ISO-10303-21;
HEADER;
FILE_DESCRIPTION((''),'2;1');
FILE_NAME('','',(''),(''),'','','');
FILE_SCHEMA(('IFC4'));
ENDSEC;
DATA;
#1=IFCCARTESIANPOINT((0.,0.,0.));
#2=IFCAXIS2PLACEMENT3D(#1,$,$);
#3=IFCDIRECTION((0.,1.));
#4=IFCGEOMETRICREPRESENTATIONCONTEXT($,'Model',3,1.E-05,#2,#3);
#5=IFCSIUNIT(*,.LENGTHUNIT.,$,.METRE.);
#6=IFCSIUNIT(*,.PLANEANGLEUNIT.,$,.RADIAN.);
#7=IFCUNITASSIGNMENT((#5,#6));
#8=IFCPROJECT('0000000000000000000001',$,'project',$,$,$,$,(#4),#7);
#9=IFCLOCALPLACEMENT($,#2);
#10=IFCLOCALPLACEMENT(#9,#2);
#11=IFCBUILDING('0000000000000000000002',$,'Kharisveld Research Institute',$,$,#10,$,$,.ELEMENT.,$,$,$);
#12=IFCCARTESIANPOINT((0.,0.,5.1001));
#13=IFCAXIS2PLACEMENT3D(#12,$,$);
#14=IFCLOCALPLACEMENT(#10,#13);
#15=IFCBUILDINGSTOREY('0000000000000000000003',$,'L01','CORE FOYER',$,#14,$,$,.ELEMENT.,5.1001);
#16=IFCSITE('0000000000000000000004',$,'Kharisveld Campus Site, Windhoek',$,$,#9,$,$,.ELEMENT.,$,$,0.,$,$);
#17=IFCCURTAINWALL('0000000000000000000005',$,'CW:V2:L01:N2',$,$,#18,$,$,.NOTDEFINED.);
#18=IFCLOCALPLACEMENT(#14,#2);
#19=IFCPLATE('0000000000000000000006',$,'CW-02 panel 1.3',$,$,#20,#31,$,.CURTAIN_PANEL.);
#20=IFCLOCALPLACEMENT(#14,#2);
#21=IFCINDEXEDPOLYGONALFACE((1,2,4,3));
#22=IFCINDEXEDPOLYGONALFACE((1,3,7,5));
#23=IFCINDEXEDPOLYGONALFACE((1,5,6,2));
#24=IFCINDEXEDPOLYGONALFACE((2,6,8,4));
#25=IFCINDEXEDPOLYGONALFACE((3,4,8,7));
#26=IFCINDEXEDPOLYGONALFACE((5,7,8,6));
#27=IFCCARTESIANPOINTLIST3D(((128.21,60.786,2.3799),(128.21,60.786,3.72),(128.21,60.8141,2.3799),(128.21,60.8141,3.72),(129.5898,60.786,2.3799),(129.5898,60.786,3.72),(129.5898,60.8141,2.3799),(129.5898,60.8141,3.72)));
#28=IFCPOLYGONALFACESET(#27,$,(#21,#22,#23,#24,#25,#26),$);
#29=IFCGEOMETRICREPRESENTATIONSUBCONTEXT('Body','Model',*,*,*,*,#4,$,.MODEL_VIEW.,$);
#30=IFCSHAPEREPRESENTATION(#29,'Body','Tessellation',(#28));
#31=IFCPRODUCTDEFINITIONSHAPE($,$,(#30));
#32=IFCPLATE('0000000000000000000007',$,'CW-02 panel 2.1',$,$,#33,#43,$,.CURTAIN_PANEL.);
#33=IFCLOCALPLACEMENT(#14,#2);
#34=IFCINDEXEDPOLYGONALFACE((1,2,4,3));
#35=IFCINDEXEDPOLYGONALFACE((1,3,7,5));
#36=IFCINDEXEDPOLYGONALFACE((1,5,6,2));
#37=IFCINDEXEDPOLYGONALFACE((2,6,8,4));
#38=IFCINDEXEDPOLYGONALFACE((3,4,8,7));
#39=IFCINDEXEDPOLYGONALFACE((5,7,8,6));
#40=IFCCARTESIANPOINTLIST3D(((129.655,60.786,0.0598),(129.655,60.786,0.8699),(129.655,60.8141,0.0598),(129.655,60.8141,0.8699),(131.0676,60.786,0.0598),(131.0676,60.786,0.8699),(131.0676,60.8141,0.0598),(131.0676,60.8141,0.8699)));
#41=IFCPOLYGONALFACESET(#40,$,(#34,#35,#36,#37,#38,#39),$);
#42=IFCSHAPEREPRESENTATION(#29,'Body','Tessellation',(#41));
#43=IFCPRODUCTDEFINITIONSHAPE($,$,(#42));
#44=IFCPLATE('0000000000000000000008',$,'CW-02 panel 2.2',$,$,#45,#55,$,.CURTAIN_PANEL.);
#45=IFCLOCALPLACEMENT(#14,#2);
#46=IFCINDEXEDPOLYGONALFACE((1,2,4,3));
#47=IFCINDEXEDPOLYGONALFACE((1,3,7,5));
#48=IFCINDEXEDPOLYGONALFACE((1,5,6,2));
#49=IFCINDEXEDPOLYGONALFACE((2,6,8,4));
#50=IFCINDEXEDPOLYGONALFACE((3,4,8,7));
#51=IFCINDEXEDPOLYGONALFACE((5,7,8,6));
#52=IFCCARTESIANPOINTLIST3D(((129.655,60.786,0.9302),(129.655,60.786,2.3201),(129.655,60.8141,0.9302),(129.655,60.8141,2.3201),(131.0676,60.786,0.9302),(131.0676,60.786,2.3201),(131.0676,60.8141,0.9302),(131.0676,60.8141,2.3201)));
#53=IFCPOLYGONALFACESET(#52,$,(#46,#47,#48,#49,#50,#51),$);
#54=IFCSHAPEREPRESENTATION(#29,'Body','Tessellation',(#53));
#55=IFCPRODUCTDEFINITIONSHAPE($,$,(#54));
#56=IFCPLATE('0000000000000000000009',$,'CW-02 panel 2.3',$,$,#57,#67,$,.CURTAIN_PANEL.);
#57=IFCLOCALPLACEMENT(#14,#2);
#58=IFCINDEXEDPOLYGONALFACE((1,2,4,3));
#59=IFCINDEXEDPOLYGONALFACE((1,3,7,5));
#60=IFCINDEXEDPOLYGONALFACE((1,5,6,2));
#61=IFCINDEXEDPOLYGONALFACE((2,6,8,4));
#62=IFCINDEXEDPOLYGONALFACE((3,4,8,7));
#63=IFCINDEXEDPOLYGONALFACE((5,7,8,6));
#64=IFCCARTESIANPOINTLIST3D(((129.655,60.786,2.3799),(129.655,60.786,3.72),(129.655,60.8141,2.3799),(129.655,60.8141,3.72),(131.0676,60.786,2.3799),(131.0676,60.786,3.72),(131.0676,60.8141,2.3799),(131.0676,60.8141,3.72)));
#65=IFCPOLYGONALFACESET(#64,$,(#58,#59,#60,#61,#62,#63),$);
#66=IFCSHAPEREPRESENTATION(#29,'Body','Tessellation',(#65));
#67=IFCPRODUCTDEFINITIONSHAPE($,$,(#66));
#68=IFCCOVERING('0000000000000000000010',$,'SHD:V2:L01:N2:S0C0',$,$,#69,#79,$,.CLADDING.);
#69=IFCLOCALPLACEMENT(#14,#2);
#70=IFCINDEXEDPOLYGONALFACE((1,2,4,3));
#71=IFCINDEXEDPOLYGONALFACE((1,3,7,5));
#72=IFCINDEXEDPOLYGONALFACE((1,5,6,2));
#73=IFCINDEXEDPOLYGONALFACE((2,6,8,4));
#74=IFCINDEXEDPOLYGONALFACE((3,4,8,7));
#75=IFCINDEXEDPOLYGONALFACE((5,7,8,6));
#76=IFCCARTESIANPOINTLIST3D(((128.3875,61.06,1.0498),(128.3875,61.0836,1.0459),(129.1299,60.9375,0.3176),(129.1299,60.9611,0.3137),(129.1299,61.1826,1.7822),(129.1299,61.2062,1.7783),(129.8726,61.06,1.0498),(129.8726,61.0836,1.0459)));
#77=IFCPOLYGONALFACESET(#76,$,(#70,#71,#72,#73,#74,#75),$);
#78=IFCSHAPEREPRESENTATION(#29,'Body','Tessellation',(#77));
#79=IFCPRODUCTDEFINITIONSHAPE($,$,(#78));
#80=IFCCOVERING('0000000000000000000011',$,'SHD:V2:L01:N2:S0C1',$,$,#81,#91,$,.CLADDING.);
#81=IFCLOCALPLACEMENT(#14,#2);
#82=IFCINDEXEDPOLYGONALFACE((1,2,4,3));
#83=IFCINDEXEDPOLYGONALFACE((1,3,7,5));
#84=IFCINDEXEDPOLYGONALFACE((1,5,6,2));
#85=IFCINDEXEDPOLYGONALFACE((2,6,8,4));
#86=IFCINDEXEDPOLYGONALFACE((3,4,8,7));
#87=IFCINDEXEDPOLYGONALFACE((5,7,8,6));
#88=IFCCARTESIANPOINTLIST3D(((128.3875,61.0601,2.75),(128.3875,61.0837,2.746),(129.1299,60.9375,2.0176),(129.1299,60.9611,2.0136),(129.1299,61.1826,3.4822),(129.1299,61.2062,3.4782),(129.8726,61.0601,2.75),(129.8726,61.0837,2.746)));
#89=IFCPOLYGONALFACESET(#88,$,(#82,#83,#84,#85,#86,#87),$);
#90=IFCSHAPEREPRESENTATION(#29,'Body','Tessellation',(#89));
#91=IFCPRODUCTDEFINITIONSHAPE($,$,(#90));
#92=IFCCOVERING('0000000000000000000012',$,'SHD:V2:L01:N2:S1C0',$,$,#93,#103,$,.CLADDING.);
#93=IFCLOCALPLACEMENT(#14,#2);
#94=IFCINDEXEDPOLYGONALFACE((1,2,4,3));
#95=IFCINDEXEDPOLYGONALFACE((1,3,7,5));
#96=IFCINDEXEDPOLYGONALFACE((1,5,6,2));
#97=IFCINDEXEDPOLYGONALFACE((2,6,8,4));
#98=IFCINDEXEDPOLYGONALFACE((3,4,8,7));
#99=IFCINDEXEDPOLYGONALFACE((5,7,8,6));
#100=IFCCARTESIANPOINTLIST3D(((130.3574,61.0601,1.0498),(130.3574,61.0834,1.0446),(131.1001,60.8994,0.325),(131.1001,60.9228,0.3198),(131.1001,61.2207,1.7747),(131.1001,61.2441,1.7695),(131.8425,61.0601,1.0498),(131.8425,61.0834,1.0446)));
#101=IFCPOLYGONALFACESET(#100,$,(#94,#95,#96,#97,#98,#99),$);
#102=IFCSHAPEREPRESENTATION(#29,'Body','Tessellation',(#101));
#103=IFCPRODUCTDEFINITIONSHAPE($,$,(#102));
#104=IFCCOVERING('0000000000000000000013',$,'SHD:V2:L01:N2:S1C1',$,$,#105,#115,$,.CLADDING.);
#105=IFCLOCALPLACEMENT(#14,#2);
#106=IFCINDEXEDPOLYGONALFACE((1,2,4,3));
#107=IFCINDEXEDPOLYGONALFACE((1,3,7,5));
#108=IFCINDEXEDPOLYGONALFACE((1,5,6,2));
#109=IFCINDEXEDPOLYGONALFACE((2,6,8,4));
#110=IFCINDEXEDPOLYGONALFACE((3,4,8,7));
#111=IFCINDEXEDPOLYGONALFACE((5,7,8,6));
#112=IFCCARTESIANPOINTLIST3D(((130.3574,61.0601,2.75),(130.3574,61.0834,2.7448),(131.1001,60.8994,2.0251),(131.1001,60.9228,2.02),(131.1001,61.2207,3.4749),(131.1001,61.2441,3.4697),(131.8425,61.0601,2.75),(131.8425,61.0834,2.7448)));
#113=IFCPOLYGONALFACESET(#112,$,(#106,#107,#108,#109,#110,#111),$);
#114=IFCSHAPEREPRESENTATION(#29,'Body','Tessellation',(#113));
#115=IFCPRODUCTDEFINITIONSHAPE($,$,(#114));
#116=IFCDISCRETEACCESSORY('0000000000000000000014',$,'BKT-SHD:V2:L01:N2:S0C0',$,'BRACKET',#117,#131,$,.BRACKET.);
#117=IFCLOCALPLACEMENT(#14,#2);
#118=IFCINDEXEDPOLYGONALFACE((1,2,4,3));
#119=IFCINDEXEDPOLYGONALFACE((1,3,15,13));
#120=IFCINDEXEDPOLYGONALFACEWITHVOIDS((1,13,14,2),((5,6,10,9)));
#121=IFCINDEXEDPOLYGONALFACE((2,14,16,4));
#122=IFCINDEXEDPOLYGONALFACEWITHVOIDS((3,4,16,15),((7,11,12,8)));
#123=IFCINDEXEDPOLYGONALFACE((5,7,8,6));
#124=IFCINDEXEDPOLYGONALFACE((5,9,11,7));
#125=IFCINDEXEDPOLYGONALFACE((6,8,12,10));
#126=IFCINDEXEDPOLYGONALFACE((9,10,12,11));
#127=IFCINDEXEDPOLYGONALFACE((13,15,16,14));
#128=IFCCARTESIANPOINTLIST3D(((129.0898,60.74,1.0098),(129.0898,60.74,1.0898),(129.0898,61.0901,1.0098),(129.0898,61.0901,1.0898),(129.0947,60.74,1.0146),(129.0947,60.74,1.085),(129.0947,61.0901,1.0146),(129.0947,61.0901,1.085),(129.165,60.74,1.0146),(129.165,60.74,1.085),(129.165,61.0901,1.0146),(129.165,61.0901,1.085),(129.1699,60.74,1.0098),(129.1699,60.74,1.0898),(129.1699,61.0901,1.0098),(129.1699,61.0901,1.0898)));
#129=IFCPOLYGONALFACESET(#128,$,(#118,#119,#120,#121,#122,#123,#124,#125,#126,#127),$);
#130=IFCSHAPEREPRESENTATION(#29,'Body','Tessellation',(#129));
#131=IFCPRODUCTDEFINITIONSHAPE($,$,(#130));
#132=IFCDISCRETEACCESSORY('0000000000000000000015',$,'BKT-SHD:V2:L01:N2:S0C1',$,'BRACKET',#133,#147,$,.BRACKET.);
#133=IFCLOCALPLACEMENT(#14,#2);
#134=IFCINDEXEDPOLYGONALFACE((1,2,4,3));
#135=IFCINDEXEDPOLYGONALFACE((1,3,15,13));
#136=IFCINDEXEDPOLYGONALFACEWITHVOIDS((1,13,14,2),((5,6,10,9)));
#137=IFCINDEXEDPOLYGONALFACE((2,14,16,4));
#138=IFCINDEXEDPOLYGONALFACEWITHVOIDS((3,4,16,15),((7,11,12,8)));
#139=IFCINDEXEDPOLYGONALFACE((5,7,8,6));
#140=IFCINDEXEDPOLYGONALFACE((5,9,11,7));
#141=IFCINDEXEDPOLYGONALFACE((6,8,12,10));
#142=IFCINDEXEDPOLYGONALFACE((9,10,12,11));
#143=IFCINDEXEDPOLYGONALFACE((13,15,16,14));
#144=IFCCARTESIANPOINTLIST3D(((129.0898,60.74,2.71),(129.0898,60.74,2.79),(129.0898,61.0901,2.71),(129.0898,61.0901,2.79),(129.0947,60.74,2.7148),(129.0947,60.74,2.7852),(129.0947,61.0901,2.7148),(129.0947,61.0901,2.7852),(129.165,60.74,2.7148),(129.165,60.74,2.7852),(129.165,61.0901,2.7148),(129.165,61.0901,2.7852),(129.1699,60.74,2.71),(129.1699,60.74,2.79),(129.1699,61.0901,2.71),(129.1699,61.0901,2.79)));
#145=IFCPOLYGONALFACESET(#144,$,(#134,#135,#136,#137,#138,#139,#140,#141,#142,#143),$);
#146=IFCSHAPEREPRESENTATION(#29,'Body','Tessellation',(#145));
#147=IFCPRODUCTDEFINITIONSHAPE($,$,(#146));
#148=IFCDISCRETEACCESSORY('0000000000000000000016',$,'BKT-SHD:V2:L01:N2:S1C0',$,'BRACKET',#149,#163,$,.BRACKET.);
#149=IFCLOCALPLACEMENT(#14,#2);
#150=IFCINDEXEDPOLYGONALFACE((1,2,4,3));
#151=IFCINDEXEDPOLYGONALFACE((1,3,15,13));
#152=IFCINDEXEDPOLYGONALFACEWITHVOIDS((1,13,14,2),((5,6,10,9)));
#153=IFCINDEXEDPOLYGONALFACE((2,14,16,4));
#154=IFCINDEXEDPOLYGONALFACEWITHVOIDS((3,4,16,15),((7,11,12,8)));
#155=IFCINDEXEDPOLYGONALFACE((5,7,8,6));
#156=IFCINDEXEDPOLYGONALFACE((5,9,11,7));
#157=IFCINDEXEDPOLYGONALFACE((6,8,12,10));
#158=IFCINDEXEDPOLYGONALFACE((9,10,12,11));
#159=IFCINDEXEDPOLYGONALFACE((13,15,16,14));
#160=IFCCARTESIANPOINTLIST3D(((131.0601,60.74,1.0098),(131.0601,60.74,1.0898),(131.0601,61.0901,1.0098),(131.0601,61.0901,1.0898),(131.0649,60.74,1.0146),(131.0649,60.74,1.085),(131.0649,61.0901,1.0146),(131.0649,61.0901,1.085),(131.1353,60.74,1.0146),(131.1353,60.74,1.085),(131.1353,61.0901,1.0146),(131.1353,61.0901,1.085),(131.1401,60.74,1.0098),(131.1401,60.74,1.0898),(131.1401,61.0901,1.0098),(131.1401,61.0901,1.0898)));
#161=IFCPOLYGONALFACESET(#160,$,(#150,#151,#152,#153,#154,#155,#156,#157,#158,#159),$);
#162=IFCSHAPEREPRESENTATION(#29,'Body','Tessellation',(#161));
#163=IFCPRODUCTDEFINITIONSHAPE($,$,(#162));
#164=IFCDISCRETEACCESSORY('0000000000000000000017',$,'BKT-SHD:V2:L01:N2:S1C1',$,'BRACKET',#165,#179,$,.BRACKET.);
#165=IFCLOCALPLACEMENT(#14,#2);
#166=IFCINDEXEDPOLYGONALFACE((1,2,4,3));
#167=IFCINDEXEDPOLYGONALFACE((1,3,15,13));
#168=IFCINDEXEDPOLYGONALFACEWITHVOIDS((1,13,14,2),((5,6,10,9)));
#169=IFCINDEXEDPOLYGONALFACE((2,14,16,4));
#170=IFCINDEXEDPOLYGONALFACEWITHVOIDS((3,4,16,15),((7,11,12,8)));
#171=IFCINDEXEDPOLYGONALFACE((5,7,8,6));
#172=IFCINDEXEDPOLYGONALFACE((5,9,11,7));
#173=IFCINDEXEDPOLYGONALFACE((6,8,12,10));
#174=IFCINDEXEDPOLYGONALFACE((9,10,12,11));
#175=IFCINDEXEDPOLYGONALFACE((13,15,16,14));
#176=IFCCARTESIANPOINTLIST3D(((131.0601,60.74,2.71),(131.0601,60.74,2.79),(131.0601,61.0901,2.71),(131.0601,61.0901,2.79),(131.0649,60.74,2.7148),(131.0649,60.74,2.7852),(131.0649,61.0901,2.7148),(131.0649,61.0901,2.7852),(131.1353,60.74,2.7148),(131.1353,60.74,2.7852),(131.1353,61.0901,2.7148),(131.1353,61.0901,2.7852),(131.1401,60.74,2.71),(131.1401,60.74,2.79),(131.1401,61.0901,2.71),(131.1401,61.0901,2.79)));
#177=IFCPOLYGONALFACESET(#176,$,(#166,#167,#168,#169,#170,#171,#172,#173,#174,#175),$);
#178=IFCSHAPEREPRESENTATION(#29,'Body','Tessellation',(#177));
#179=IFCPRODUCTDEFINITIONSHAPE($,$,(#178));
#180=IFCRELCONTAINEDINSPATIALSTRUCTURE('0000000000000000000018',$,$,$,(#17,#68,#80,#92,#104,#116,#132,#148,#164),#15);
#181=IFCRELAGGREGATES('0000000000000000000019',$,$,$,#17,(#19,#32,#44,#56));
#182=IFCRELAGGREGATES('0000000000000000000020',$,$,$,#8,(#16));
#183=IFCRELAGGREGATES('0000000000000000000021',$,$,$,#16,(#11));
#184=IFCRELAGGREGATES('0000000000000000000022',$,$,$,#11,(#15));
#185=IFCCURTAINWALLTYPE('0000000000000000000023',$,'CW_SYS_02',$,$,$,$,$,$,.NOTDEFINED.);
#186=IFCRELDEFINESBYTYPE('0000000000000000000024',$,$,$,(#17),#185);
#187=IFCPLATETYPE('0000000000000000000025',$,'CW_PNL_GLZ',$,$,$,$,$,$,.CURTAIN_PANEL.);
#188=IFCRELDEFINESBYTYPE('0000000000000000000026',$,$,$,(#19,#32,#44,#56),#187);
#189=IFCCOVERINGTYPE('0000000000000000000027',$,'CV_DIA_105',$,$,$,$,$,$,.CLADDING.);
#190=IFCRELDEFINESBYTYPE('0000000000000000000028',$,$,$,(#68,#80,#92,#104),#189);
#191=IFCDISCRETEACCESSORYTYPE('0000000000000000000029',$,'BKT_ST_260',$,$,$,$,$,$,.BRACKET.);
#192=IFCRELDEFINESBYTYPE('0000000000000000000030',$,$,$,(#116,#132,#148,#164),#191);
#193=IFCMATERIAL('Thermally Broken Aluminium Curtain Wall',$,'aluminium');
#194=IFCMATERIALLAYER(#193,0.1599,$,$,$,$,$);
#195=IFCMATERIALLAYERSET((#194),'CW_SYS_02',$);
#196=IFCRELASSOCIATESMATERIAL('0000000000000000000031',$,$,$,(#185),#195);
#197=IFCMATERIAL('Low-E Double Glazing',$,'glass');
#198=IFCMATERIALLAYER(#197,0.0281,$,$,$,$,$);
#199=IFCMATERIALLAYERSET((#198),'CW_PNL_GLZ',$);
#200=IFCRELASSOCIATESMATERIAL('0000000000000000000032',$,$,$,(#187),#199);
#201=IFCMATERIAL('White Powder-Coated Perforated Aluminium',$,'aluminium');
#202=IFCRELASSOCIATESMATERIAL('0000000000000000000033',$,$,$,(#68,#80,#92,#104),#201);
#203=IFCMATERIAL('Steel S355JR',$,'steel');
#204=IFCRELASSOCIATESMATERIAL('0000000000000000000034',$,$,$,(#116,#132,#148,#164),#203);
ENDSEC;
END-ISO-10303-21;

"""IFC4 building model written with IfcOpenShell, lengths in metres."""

from ifc_helpers import new_model, si_unit, direction, frame, origin, origin_2d, place, context, subcontext, project, spatial, polyline, rectangle, hollow_rectangle, outline, extrude, material, layer, layer_set, type_object, element, aggregate, save


model = new_model("IFC4")

# Units and contexts
model_context = context("Model", 3, precision=1e-05, world=origin(), true_north=direction((0.0, 1.0)))
body_context = subcontext(model_context, "Body", "Model", "MODEL_VIEW")
ifc_project = project(units=[si_unit("LENGTHUNIT", "METRE"), si_unit("PLANEANGLEUNIT", "RADIAN")], contexts=[model_context])

# Site, building, storey
site_placement = place(None, origin())
site = spatial("IfcSite", under=ifc_project, at=site_placement, Name="Kharisveld Campus Site, Windhoek", CompositionType="ELEMENT", RefElevation=0.0)
building_placement = place(site_placement, origin())
building = spatial("IfcBuilding", under=site, at=building_placement, Name="Kharisveld Research Institute", CompositionType="ELEMENT")
storey_placement = place(building_placement, frame((0.0, 0.0, 5.1001)))
storey = spatial("IfcBuildingStorey", under=building, at=storey_placement, Name="L01", Description="CORE FOYER", CompositionType="ELEMENT", Elevation=5.1001)

# Curtain wall
ifc_material_1 = material(Name="Thermally Broken Aluminium Curtain Wall", Category="aluminium")
ifc_layer_1 = layer(ifc_material_1, 0.1599)
ifc_layer_set_1 = layer_set([ifc_layer_1], Name="CW_SYS_02")
curtain_wall_type_1 = type_object("IfcCurtainWallType", Name="CW_SYS_02", PredefinedType="NOTDEFINED", material=ifc_layer_set_1)
curtain_wall_1_placement = place(storey_placement, origin())
curtain_wall_1 = element("IfcCurtainWall", 1, at=curtain_wall_1_placement, inside=storey, type_object=curtain_wall_type_1, Name="CW:V2:L01:N2", PredefinedType="NOTDEFINED")

# Plates
ifc_material_2 = material(Name="Low-E Double Glazing", Category="glass")
ifc_layer_2 = layer(ifc_material_2, 0.0281)
ifc_layer_set_2 = layer_set([ifc_layer_2], Name="CW_PNL_GLZ")
plate_type = type_object("IfcPlateType", Name="CW_PNL_GLZ", PredefinedType="CURTAIN_PANEL", material=ifc_layer_set_2)
plate_1_placement = place(storey_placement, frame((128.8999, 60.8, 2.3799), z_axis=(0.0, 0.0, 1.0), x_axis=(1.0, 0.0, 0.0)))
plate_1 = element("IfcPlate", 2, at=plate_1_placement, type_object=plate_type, Name="CW-02 panel 1.3", PredefinedType="CURTAIN_PANEL", context=body_context, shape_type="SweptSolid", body=[
    extrude(rectangle(XDim=1.3799, YDim=0.0281, at=origin_2d()), origin(), (0.0, 0.0, 1.0), 1.3401),
])
plate_2_placement = place(storey_placement, frame((130.3613, 60.8, 0.0598), z_axis=(0.0, 0.0, 1.0), x_axis=(1.0, 0.0, 0.0)))
plate_2 = element("IfcPlate", 3, at=plate_2_placement, type_object=plate_type, Name="CW-02 panel 2.1", PredefinedType="CURTAIN_PANEL", context=body_context, shape_type="SweptSolid", body=[
    extrude(rectangle(XDim=1.4126, YDim=0.0281, at=origin_2d()), origin(), (0.0, 0.0, 1.0), 0.8101),
])
plate_3_placement = place(storey_placement, frame((130.3613, 60.8, 0.9302), z_axis=(0.0, 0.0, 1.0), x_axis=(1.0, 0.0, 0.0)))
plate_3 = element("IfcPlate", 4, at=plate_3_placement, type_object=plate_type, Name="CW-02 panel 2.2", PredefinedType="CURTAIN_PANEL", context=body_context, shape_type="SweptSolid", body=[
    extrude(rectangle(XDim=1.4126, YDim=0.0281, at=origin_2d()), origin(), (0.0, 0.0, 1.0), 1.3899),
])
plate_4_placement = place(storey_placement, frame((130.3613, 60.8, 2.3799), z_axis=(0.0, 0.0, 1.0), x_axis=(1.0, 0.0, 0.0)))
plate_4 = element("IfcPlate", 5, at=plate_4_placement, type_object=plate_type, Name="CW-02 panel 2.3", PredefinedType="CURTAIN_PANEL", context=body_context, shape_type="SweptSolid", body=[
    extrude(rectangle(XDim=1.4126, YDim=0.0281, at=origin_2d()), origin(), (0.0, 0.0, 1.0), 1.3401),
])
aggregate(curtain_wall_1, [plate_1, plate_2, plate_3, plate_4])

# Coverings
ifc_material_3 = material(Name="White Powder-Coated Perforated Aluminium", Category="aluminium")
covering_type = type_object("IfcCoveringType", Name="CV_DIA_105", PredefinedType="CLADDING")
covering_1_placement = place(storey_placement, frame((129.1299, 60.9375, 0.3176), z_axis=(0.0, -0.986283, 0.165065), x_axis=(0.707255, 0.116694, 0.697261)))
element("IfcCovering", 6, at=covering_1_placement, inside=storey, type_object=covering_type, material=ifc_material_3, Name="SHD:V2:L01:N2:S0C0", PredefinedType="CLADDING", context=body_context, shape_type="SweptSolid", body=[
    extrude(outline(polyline([(0.0, 0.0), (1.0501, 0.0), (1.0498, 1.0503), (-0.0003, 1.0499), (0.0, 0.0)])), origin(), (0.0, 0.0, -1.0), 0.0239),
])
covering_2_placement = place(storey_placement, frame((129.1299, 60.9375, 2.0176), z_axis=(0.0, -0.986283, 0.165065), x_axis=(0.70714, 0.116713, 0.697374)))
element("IfcCovering", 7, at=covering_2_placement, inside=storey, type_object=covering_type, material=ifc_material_3, Name="SHD:V2:L01:N2:S0C1", PredefinedType="CLADDING", context=body_context, shape_type="SweptSolid", body=[
    extrude(outline(polyline([(0.0, 0.0), (1.0503, 0.0), (1.05, 1.0501), (0.0001, 1.0501), (0.0, 0.0)])), origin(), (0.0, 0.0, -1.0), 0.0239),
])
for number, where, z_axis, x_axis, name in (
    (8, (131.1001, 60.8994, 0.325), (0.0, -0.976311, 0.216373), (0.707102, 0.153, 0.69036), "SHD:V2:L01:N2:S1C0"),
    (9, (131.1001, 60.8994, 2.0251), (0.0, -0.976311, 0.216373), (0.707102, 0.153, 0.69036), "SHD:V2:L01:N2:S1C1"),
):
    element("IfcCovering", number, at=place(storey_placement, frame(where, z_axis=z_axis, x_axis=x_axis)), inside=storey, type_object=covering_type, material=ifc_material_3, Name=name, PredefinedType="CLADDING", context=body_context, shape_type="SweptSolid", body=[
        extrude(outline(polyline([(0.0, 0.0), (1.05, 0.0), (1.05, 1.05), (-0.0002, 1.0501), (0.0, 0.0)])), origin(), (0.0, 0.0, -1.0), 0.0239),
    ])

# Discrete accessories
ifc_material_4 = material(Name="Steel S355JR", Category="steel")
discrete_accessory_type = type_object("IfcDiscreteAccessoryType", Name="BKT_ST_260", PredefinedType="BRACKET")
for number, where, z_axis, x_axis, name in (
    (10, (129.1299, 60.74, 1.0498), (0.0, 1.0, 0.0), (-1.0, 0.0, 0.0), "BKT-SHD:V2:L01:N2:S0C0"),
    (11, (129.1299, 60.74, 2.75), (0.0, 1.0, 0.0), (-1.0, 0.0, 0.0), "BKT-SHD:V2:L01:N2:S0C1"),
    (12, (131.1001, 60.74, 1.0498), (0.0, 1.0, 0.0), (-1.0, 0.0, 0.0), "BKT-SHD:V2:L01:N2:S1C0"),
    (13, (131.1001, 60.74, 2.75), (0.0, 1.0, 0.0), (-1.0, 0.0, 0.0), "BKT-SHD:V2:L01:N2:S1C1"),
):
    element("IfcDiscreteAccessory", number, at=place(storey_placement, frame(where, z_axis=z_axis, x_axis=x_axis)), inside=storey, type_object=discrete_accessory_type, material=ifc_material_4, Name=name, ObjectType="BRACKET", PredefinedType="BRACKET", context=body_context, shape_type="SweptSolid", body=[
        extrude(hollow_rectangle(XDim=0.0801, YDim=0.0801, WallThickness=0.0049, at=origin_2d()), origin(), (0.0, 0.0, 1.0), 0.3501),
    ])

save(model, "model.ifc")
